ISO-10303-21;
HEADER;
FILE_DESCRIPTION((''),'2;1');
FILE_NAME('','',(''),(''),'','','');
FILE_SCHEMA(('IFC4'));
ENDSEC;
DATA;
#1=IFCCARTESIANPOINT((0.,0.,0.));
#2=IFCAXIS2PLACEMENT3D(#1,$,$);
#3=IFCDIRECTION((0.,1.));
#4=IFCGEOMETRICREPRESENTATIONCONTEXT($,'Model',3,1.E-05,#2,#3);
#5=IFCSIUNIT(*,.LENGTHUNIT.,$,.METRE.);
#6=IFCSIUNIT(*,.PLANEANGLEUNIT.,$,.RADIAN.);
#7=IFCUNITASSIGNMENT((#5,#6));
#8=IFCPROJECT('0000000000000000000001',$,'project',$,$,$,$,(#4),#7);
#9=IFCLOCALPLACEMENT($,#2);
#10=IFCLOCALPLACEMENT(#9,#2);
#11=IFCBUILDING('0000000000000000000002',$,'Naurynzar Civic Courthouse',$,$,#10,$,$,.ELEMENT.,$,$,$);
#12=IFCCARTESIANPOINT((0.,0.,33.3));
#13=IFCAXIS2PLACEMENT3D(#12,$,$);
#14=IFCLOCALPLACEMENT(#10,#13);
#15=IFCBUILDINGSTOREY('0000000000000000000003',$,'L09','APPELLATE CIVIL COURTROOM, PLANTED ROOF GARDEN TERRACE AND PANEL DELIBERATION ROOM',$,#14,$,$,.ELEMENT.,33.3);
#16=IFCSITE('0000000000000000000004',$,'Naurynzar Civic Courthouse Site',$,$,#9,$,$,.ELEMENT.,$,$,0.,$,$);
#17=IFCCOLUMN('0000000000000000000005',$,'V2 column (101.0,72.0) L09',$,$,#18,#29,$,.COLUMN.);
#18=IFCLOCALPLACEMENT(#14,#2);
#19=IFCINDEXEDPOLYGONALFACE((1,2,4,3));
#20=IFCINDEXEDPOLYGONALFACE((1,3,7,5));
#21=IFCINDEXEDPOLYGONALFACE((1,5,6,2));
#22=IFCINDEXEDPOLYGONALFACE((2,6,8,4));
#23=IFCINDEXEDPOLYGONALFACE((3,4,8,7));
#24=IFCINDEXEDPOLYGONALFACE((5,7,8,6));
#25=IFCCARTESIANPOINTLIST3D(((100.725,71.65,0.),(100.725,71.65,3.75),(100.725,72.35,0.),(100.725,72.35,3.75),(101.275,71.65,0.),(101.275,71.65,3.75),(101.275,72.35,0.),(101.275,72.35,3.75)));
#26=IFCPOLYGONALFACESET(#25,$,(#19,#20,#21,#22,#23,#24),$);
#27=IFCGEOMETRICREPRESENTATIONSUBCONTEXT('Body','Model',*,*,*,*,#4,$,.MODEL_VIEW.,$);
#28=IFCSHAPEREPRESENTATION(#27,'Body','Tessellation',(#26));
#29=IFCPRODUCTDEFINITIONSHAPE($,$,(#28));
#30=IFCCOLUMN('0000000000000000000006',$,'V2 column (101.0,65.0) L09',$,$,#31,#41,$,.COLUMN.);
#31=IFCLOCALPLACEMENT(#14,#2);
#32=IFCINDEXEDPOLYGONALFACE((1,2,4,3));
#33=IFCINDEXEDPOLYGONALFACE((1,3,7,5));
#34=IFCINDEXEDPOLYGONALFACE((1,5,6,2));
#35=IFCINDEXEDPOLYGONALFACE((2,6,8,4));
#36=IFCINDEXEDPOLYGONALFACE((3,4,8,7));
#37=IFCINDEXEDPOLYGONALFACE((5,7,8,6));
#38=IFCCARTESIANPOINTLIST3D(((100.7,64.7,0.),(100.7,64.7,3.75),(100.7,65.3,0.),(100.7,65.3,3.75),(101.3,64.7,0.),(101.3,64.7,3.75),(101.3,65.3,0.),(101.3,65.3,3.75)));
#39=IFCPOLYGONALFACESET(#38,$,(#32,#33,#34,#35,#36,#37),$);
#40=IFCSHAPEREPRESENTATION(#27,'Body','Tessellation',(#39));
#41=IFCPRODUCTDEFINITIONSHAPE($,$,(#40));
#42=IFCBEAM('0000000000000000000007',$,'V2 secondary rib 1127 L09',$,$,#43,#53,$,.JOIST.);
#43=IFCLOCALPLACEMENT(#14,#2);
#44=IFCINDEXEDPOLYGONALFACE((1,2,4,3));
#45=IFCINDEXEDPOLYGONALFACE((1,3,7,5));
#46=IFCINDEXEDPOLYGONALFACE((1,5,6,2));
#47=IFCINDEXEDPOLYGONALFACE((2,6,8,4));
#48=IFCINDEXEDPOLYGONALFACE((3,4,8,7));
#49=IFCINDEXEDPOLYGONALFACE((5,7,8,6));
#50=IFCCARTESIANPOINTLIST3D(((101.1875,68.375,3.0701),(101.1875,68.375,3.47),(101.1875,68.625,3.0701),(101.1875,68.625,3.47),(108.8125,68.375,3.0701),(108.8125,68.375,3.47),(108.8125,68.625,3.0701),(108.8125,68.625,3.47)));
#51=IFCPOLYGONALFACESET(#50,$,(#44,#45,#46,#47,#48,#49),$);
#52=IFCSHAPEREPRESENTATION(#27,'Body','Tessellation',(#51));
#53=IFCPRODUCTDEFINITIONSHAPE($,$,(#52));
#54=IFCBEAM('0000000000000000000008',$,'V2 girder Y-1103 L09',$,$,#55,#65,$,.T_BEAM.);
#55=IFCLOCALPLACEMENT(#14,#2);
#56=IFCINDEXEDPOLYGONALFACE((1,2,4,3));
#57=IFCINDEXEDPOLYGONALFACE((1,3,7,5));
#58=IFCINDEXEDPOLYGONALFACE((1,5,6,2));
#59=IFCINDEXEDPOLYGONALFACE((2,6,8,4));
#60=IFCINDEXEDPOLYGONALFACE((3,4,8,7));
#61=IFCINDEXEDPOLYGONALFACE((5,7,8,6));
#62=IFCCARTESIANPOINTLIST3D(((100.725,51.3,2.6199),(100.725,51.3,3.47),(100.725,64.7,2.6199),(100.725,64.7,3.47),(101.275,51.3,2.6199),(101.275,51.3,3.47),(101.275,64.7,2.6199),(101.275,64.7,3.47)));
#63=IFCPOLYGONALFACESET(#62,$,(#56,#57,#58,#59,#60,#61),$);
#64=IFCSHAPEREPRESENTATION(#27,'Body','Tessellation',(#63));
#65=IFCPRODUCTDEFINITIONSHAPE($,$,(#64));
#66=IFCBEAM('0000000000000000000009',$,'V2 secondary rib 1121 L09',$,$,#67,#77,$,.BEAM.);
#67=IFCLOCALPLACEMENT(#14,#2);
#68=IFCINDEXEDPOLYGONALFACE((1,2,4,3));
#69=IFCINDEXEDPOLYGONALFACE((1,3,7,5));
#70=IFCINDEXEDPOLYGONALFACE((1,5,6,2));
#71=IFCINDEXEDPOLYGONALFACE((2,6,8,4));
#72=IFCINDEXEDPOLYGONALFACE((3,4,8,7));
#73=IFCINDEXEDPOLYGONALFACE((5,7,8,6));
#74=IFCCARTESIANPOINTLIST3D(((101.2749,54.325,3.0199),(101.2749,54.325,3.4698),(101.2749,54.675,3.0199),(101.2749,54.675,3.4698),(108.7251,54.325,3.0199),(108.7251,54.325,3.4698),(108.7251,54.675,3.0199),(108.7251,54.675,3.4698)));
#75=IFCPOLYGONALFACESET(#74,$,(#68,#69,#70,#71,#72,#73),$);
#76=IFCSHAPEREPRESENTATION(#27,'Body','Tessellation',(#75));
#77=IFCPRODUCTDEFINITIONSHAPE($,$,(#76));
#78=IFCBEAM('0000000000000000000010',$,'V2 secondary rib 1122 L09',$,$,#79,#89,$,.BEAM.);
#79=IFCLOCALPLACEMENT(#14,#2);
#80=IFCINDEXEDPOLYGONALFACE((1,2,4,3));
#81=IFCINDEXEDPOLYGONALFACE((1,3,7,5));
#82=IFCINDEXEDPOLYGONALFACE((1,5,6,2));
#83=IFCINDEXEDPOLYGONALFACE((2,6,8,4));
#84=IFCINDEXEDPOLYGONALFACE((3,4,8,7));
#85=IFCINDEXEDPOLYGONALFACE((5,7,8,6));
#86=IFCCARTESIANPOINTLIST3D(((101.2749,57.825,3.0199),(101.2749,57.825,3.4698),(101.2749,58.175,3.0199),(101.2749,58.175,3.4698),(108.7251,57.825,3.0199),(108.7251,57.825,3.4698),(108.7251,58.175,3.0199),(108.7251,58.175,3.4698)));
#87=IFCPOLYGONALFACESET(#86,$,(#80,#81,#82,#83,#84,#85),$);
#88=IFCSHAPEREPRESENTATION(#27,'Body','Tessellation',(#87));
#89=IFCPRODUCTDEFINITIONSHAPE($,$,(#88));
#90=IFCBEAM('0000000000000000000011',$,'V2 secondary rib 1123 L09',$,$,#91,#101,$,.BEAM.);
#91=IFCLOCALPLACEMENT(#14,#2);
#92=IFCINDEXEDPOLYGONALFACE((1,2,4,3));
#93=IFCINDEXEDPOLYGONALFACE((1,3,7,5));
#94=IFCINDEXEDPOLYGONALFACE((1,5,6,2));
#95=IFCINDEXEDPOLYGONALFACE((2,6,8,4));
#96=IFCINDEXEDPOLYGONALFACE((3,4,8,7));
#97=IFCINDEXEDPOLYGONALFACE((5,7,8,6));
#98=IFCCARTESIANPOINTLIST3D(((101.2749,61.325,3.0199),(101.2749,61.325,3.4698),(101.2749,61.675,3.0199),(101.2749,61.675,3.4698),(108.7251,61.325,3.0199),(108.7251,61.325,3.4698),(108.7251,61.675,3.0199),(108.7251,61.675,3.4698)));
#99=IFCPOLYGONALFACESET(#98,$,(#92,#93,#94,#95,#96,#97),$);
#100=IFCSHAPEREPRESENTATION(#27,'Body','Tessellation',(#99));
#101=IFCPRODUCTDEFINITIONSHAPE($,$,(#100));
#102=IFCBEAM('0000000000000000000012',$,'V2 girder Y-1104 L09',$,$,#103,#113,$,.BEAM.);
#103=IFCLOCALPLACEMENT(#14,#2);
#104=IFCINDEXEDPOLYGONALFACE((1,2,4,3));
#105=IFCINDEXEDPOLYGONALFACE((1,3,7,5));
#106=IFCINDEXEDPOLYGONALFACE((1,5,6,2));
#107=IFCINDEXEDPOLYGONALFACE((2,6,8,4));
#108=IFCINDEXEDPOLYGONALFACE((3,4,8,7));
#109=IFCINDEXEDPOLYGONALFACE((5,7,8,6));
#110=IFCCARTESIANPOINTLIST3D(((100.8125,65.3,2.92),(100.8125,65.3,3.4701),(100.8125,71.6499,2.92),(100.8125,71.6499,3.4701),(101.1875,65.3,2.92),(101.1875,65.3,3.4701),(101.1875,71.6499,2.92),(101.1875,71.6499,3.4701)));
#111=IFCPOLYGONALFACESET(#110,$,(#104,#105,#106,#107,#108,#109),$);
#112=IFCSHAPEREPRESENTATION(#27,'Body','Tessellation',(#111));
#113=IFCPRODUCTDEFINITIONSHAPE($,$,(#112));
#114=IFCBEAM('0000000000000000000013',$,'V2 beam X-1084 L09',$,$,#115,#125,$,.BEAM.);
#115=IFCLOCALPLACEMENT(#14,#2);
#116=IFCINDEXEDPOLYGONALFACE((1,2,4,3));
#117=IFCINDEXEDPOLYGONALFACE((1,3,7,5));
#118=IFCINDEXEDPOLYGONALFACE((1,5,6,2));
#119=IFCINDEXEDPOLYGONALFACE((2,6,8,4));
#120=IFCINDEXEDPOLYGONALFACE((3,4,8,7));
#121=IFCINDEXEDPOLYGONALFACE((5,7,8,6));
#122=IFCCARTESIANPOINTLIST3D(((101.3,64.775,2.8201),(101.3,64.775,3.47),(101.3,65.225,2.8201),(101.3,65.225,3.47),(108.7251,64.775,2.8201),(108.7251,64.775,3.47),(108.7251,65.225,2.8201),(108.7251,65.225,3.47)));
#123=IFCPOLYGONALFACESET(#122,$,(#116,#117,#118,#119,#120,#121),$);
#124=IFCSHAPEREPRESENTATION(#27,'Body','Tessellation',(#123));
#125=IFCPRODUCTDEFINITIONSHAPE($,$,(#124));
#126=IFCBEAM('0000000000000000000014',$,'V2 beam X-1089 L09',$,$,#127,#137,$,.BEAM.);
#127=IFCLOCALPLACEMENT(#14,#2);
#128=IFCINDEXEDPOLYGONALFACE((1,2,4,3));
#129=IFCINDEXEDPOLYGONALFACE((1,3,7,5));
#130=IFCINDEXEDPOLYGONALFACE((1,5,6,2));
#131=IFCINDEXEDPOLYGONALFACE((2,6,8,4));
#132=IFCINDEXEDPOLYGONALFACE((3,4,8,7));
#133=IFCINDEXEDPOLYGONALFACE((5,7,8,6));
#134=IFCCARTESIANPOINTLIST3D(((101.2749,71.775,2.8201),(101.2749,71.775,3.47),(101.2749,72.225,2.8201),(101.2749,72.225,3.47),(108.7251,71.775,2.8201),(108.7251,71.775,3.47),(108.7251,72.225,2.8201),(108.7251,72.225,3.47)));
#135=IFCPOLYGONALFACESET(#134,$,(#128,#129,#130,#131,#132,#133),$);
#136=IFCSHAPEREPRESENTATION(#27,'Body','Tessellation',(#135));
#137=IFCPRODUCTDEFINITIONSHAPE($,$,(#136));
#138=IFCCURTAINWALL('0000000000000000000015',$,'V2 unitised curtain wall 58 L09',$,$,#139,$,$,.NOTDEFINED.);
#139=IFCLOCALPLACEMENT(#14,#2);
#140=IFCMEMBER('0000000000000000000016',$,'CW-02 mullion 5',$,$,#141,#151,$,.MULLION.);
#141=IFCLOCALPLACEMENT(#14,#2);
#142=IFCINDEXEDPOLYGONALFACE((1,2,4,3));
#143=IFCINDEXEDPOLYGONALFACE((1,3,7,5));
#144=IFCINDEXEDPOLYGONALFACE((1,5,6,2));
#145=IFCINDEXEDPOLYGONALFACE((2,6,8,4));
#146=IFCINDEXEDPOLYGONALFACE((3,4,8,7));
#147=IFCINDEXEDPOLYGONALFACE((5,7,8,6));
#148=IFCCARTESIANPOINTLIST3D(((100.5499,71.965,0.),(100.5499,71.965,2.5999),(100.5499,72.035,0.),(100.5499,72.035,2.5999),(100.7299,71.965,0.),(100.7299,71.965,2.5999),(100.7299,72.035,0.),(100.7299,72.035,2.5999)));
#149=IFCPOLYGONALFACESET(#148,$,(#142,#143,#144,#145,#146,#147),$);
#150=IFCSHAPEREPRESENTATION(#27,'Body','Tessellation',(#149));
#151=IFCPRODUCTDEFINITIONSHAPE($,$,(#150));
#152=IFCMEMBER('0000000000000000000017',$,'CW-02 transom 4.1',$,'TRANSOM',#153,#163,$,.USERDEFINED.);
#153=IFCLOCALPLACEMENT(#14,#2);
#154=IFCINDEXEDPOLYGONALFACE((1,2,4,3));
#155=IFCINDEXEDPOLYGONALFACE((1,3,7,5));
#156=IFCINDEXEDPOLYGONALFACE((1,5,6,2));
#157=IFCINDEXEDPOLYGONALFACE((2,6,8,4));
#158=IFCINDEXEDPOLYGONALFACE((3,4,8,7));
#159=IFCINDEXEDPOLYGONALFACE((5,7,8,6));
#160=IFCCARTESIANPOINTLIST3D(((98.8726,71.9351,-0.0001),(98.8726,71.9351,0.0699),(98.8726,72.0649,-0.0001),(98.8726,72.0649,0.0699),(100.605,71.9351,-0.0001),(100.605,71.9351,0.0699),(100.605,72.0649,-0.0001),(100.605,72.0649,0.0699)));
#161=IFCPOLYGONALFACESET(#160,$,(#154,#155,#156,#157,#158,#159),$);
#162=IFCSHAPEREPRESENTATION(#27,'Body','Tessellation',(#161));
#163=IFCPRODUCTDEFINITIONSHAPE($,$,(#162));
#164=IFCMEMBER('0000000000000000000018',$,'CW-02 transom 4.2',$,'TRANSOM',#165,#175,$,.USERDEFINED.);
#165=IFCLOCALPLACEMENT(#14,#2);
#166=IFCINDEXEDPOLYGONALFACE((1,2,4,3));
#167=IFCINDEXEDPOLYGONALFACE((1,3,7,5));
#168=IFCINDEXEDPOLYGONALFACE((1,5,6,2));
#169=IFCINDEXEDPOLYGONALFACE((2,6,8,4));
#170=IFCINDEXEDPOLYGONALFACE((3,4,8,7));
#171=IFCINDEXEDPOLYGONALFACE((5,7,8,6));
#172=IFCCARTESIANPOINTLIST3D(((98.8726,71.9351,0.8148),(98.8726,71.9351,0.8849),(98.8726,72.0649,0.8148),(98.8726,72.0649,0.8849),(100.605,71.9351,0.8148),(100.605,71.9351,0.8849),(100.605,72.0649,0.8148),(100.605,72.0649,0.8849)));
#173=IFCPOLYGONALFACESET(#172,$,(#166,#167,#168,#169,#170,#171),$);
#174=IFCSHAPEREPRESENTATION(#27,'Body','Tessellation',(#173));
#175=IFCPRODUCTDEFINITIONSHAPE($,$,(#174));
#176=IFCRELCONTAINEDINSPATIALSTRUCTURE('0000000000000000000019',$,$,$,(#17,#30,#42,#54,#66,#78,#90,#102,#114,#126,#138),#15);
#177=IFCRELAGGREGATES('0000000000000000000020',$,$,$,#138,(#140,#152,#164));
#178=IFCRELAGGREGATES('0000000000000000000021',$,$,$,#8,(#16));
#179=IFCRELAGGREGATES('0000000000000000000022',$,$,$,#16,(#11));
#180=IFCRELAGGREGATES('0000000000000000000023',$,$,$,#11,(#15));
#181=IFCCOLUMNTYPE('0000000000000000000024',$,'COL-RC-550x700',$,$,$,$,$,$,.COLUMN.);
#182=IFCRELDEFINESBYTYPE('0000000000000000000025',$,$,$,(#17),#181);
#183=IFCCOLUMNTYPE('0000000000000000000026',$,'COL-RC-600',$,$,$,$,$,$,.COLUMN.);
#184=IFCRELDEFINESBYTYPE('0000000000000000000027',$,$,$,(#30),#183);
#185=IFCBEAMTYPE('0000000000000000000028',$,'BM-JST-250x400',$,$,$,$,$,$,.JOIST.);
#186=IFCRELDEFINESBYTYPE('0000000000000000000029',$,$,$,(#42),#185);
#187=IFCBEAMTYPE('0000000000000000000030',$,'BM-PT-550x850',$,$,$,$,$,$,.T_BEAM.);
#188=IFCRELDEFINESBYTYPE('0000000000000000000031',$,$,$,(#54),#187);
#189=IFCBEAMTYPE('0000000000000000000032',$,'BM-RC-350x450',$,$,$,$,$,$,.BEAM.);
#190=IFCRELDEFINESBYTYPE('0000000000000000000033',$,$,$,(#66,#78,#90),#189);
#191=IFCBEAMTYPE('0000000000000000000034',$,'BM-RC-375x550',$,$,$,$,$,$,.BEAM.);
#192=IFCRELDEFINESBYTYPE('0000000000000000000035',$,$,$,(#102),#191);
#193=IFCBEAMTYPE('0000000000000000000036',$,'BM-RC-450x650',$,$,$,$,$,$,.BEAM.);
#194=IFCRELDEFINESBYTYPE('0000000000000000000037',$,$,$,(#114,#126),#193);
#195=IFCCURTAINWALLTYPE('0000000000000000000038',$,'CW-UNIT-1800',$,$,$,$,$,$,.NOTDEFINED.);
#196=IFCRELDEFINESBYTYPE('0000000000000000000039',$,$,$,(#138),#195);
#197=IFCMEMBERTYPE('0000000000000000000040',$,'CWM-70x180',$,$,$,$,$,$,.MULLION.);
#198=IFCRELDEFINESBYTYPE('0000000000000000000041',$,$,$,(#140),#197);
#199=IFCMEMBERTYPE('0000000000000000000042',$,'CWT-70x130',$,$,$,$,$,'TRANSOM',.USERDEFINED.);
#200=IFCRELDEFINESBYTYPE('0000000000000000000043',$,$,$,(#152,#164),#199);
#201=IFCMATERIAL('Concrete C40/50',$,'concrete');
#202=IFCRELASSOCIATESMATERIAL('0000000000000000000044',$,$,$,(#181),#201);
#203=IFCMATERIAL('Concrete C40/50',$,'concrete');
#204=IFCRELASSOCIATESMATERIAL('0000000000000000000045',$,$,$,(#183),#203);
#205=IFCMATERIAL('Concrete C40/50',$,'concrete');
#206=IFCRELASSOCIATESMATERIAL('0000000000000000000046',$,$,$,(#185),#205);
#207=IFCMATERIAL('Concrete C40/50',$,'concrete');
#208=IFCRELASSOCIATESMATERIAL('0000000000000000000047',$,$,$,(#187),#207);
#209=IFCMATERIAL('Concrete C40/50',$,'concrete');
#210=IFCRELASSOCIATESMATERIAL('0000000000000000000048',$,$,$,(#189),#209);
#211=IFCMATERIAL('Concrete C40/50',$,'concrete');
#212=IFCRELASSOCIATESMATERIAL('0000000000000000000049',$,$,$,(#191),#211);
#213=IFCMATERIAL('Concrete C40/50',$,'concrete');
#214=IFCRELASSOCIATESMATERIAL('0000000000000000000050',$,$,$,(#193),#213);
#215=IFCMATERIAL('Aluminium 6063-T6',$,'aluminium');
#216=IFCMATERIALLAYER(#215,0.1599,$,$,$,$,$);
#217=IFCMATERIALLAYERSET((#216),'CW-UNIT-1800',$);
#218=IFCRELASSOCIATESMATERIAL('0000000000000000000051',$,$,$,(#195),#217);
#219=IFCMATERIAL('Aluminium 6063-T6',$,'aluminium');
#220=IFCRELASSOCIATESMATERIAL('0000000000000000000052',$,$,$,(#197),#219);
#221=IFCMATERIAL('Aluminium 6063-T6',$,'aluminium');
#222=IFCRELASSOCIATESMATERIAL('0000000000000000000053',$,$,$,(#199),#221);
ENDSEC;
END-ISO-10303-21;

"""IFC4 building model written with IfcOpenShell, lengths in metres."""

from ifc_helpers import new_model, si_unit, direction, frame, origin, origin_2d, place, context, subcontext, project, spatial, rectangle, extrude, material, layer, layer_set, material_profile, profile_set, type_object, element, aggregate, save


model = new_model("IFC4")

# Units and contexts
model_context = context("Model", 3, precision=1e-05, world=origin(), true_north=direction((0.0, 1.0)))
body_context = subcontext(model_context, "Body", "Model", "MODEL_VIEW")
ifc_project = project(units=[si_unit("LENGTHUNIT", "METRE"), si_unit("PLANEANGLEUNIT", "RADIAN")], contexts=[model_context])

# Site, building, storey
site_placement = place(None, origin())
site = spatial("IfcSite", under=ifc_project, at=site_placement, Name="Naurynzar Civic Courthouse Site", CompositionType="ELEMENT", RefElevation=0.0)
building_placement = place(site_placement, origin())
building = spatial("IfcBuilding", under=site, at=building_placement, Name="Naurynzar Civic Courthouse", CompositionType="ELEMENT")
storey_placement = place(building_placement, frame((0.0, 0.0, 33.3)))
storey = spatial("IfcBuildingStorey", under=building, at=storey_placement, Name="L09", Description="APPELLATE CIVIL COURTROOM, PLANTED ROOF GARDEN TERRACE AND PANEL DELIBERATION ROOM", CompositionType="ELEMENT", Elevation=33.3)

# Columns
ifc_material_1 = material(Name="Concrete C40/50", Category="concrete")
ifc_material_profile_1 = material_profile(ifc_material_1, rectangle(XDim=0.55, YDim=0.7, at=origin_2d()), Name="RC 550x700")
ifc_profile_set_1 = profile_set([ifc_material_profile_1], Name="Concrete C40/50")
column_type_1 = type_object("IfcColumnType", Name="COL-RC-550x700", PredefinedType="COLUMN", material=ifc_profile_set_1)
column_1_placement = place(storey_placement, frame((101.0, 72.0, 0.0), z_axis=(0.0, 0.0, 1.0), x_axis=(1.0, 0.0, 0.0)))
element("IfcColumn", 1, at=column_1_placement, inside=storey, type_object=column_type_1, Name="V2 column (101.0,72.0) L09", PredefinedType="COLUMN", context=body_context, shape_type="SweptSolid", body=[
    extrude(rectangle(XDim=0.55, YDim=0.7, at=origin_2d()), origin(), (0.0, 0.0, 1.0), 3.75),
])
ifc_material_2 = material(Name="Concrete C40/50", Category="concrete")
ifc_material_profile_2 = material_profile(ifc_material_2, rectangle(XDim=0.6001, YDim=0.6001, at=origin_2d()), Name="RC 600x600")
ifc_profile_set_2 = profile_set([ifc_material_profile_2], Name="Concrete C40/50")
column_type_2 = type_object("IfcColumnType", Name="COL-RC-600", PredefinedType="COLUMN", material=ifc_profile_set_2)
column_2_placement = place(storey_placement, frame((101.0, 65.0, 0.0), z_axis=(0.0, 0.0, 1.0), x_axis=(1.0, 0.0, 0.0)))
element("IfcColumn", 2, at=column_2_placement, inside=storey, type_object=column_type_2, Name="V2 column (101.0,65.0) L09", PredefinedType="COLUMN", context=body_context, shape_type="SweptSolid", body=[
    extrude(rectangle(XDim=0.6001, YDim=0.6001, at=origin_2d()), origin(), (0.0, 0.0, 1.0), 3.75),
])

# Beams
ifc_material_3 = material(Name="Concrete C40/50", Category="concrete")
ifc_material_profile_3 = material_profile(ifc_material_3, rectangle(XDim=0.25, YDim=0.3999, at=origin_2d()), Name="RCB 250x400")
ifc_profile_set_3 = profile_set([ifc_material_profile_3], Name="Concrete C40/50")
beam_type_1 = type_object("IfcBeamType", Name="BM-JST-250x400", PredefinedType="JOIST", material=ifc_profile_set_3)
beam_1_placement = place(storey_placement, frame((101.1875, 68.5, 3.27), z_axis=(1.0, 0.0, 0.0), x_axis=(0.0, 1.0, 0.0)))
element("IfcBeam", 3, at=beam_1_placement, inside=storey, type_object=beam_type_1, Name="V2 secondary rib 1127 L09", PredefinedType="JOIST", context=body_context, shape_type="SweptSolid", body=[
    extrude(rectangle(XDim=0.25, YDim=0.3999, at=origin_2d()), origin(), (0.0, 0.0, 1.0), 7.625),
])
ifc_material_4 = material(Name="Concrete C40/50", Category="concrete")
ifc_material_profile_4 = material_profile(ifc_material_4, rectangle(XDim=0.55, YDim=0.8501, at=origin_2d()), Name="PTB 550x850")
ifc_profile_set_4 = profile_set([ifc_material_profile_4], Name="Concrete C40/50")
beam_type_2 = type_object("IfcBeamType", Name="BM-PT-550x850", PredefinedType="T_BEAM", material=ifc_profile_set_4)
beam_2_placement = place(storey_placement, frame((101.0, 51.3, 3.0449), z_axis=(0.0, 1.0, 0.0), x_axis=(-1.0, 0.0, 0.0)))
element("IfcBeam", 4, at=beam_2_placement, inside=storey, type_object=beam_type_2, Name="V2 girder Y-1103 L09", PredefinedType="T_BEAM", context=body_context, shape_type="SweptSolid", body=[
    extrude(rectangle(XDim=0.55, YDim=0.8501, at=origin_2d()), origin(), (0.0, 0.0, 1.0), 13.3999),
])
ifc_material_5 = material(Name="Concrete C40/50", Category="concrete")
ifc_material_profile_5 = material_profile(ifc_material_5, rectangle(XDim=0.3501, YDim=0.45, at=origin_2d()), Name="RCB 350x450")
ifc_profile_set_5 = profile_set([ifc_material_profile_5], Name="Concrete C40/50")
beam_type_3 = type_object("IfcBeamType", Name="BM-RC-350x450", PredefinedType="BEAM", material=ifc_profile_set_5)
for number, where, z_axis, x_axis, name in (
    (5, (101.2749, 54.5, 3.2449), (1.0, 0.0, 0.0), (0.0, 1.0, 0.0), "V2 secondary rib 1121 L09"),
    (6, (101.2749, 58.0, 3.2449), (1.0, 0.0, 0.0), (0.0, 1.0, 0.0), "V2 secondary rib 1122 L09"),
    (7, (101.2749, 61.5, 3.2449), (1.0, 0.0, 0.0), (0.0, 1.0, 0.0), "V2 secondary rib 1123 L09"),
):
    element("IfcBeam", number, at=place(storey_placement, frame(where, z_axis=z_axis, x_axis=x_axis)), inside=storey, type_object=beam_type_3, Name=name, PredefinedType="BEAM", context=body_context, shape_type="SweptSolid", body=[
        extrude(rectangle(XDim=0.3501, YDim=0.45, at=origin_2d()), origin(), (0.0, 0.0, 1.0), 7.4502),
    ])
ifc_material_6 = material(Name="Concrete C40/50", Category="concrete")
ifc_material_profile_6 = material_profile(ifc_material_6, rectangle(XDim=0.375, YDim=0.55, at=origin_2d()), Name="RCB 375x550")
ifc_profile_set_6 = profile_set([ifc_material_profile_6], Name="Concrete C40/50")
beam_type_4 = type_object("IfcBeamType", Name="BM-RC-375x550", PredefinedType="BEAM", material=ifc_profile_set_6)
beam_3_placement = place(storey_placement, frame((101.0, 65.3, 3.1951), z_axis=(0.0, 1.0, 0.0), x_axis=(-1.0, 0.0, 0.0)))
element("IfcBeam", 8, at=beam_3_placement, inside=storey, type_object=beam_type_4, Name="V2 girder Y-1104 L09", PredefinedType="BEAM", context=body_context, shape_type="SweptSolid", body=[
    extrude(rectangle(XDim=0.375, YDim=0.55, at=origin_2d()), origin(), (0.0, 0.0, 1.0), 6.3499),
])
ifc_material_7 = material(Name="Concrete C40/50", Category="concrete")
ifc_material_profile_7 = material_profile(ifc_material_7, rectangle(XDim=0.45, YDim=0.6499, at=origin_2d()), Name="RCB 450x650")
ifc_profile_set_7 = profile_set([ifc_material_profile_7], Name="Concrete C40/50")
beam_type_5 = type_object("IfcBeamType", Name="BM-RC-450x650", PredefinedType="BEAM", material=ifc_profile_set_7)
beam_4_placement = place(storey_placement, frame((101.3, 65.0, 3.145), z_axis=(1.0, 0.0, 0.0), x_axis=(0.0, 1.0, 0.0)))
element("IfcBeam", 9, at=beam_4_placement, inside=storey, type_object=beam_type_5, Name="V2 beam X-1084 L09", PredefinedType="BEAM", context=body_context, shape_type="SweptSolid", body=[
    extrude(rectangle(XDim=0.45, YDim=0.6499, at=origin_2d()), origin(), (0.0, 0.0, 1.0), 7.425),
])
beam_5_placement = place(storey_placement, frame((101.2749, 72.0, 3.145), z_axis=(1.0, 0.0, 0.0), x_axis=(0.0, 1.0, 0.0)))
element("IfcBeam", 10, at=beam_5_placement, inside=storey, type_object=beam_type_5, Name="V2 beam X-1089 L09", PredefinedType="BEAM", context=body_context, shape_type="SweptSolid", body=[
    extrude(rectangle(XDim=0.45, YDim=0.6499, at=origin_2d()), origin(), (0.0, 0.0, 1.0), 7.4502),
])

# Curtain wall, members
ifc_material_8 = material(Name="Aluminium 6063-T6", Category="aluminium")
ifc_layer_1 = layer(ifc_material_8, 0.1599)
ifc_layer_set_1 = layer_set([ifc_layer_1], Name="CW-UNIT-1800")
curtain_wall_type = type_object("IfcCurtainWallType", Name="CW-UNIT-1800", PredefinedType="NOTDEFINED", material=ifc_layer_set_1)
curtain_wall_placement = place(storey_placement, origin())
curtain_wall = element("IfcCurtainWall", 11, at=curtain_wall_placement, inside=storey, type_object=curtain_wall_type, Name="V2 unitised curtain wall 58 L09", PredefinedType="NOTDEFINED")
ifc_material_9 = material(Name="Aluminium 6063-T6", Category="aluminium")
ifc_material_profile_8 = material_profile(ifc_material_9, rectangle(XDim=0.0701, YDim=0.1799, at=origin_2d()), Name="ALU MULLION 70x180")
ifc_profile_set_8 = profile_set([ifc_material_profile_8], Name="Aluminium 6063-T6")
member_type_1 = type_object("IfcMemberType", Name="CWM-70x180", PredefinedType="MULLION", material=ifc_profile_set_8)
member_1_placement = place(storey_placement, frame((100.6399, 72.0, 0.0), z_axis=(0.0, 0.0, 1.0), x_axis=(0.0, 1.0, 0.0)))
member_1 = element("IfcMember", 12, at=member_1_placement, type_object=member_type_1, Name="CW-02 mullion 5", PredefinedType="MULLION", context=body_context, shape_type="SweptSolid", body=[
    extrude(rectangle(XDim=0.0701, YDim=0.1799, at=origin_2d()), origin(), (0.0, 0.0, 1.0), 2.5999),
])
ifc_material_10 = material(Name="Aluminium 6063-T6", Category="aluminium")
ifc_material_profile_9 = material_profile(ifc_material_10, rectangle(XDim=0.1299, YDim=0.0701, at=origin_2d()), Name="ALU TRANSOM 70x130")
ifc_profile_set_9 = profile_set([ifc_material_profile_9], Name="Aluminium 6063-T6")
member_type_2 = type_object("IfcMemberType", Name="CWT-70x130", ElementType="TRANSOM", PredefinedType="USERDEFINED", material=ifc_profile_set_9)
member_2_placement = place(storey_placement, frame((98.8726, 72.0, 0.0349), z_axis=(1.0, 0.0, 0.0), x_axis=(0.0, 1.0, 0.0)))
member_2 = element("IfcMember", 13, at=member_2_placement, type_object=member_type_2, Name="CW-02 transom 4.1", ObjectType="TRANSOM", PredefinedType="USERDEFINED", context=body_context, shape_type="SweptSolid", body=[
    extrude(rectangle(XDim=0.1299, YDim=0.0701, at=origin_2d()), origin(), (0.0, 0.0, 1.0), 1.7324),
])
member_3_placement = place(storey_placement, frame((98.8726, 72.0, 0.8499), z_axis=(1.0, 0.0, 0.0), x_axis=(0.0, 1.0, 0.0)))
member_3 = element("IfcMember", 14, at=member_3_placement, type_object=member_type_2, Name="CW-02 transom 4.2", ObjectType="TRANSOM", PredefinedType="USERDEFINED", context=body_context, shape_type="SweptSolid", body=[
    extrude(rectangle(XDim=0.1299, YDim=0.0701, at=origin_2d()), origin(), (0.0, 0.0, 1.0), 1.7324),
])
aggregate(curtain_wall, [member_1, member_2, member_3])

save(model, "model.ifc")
